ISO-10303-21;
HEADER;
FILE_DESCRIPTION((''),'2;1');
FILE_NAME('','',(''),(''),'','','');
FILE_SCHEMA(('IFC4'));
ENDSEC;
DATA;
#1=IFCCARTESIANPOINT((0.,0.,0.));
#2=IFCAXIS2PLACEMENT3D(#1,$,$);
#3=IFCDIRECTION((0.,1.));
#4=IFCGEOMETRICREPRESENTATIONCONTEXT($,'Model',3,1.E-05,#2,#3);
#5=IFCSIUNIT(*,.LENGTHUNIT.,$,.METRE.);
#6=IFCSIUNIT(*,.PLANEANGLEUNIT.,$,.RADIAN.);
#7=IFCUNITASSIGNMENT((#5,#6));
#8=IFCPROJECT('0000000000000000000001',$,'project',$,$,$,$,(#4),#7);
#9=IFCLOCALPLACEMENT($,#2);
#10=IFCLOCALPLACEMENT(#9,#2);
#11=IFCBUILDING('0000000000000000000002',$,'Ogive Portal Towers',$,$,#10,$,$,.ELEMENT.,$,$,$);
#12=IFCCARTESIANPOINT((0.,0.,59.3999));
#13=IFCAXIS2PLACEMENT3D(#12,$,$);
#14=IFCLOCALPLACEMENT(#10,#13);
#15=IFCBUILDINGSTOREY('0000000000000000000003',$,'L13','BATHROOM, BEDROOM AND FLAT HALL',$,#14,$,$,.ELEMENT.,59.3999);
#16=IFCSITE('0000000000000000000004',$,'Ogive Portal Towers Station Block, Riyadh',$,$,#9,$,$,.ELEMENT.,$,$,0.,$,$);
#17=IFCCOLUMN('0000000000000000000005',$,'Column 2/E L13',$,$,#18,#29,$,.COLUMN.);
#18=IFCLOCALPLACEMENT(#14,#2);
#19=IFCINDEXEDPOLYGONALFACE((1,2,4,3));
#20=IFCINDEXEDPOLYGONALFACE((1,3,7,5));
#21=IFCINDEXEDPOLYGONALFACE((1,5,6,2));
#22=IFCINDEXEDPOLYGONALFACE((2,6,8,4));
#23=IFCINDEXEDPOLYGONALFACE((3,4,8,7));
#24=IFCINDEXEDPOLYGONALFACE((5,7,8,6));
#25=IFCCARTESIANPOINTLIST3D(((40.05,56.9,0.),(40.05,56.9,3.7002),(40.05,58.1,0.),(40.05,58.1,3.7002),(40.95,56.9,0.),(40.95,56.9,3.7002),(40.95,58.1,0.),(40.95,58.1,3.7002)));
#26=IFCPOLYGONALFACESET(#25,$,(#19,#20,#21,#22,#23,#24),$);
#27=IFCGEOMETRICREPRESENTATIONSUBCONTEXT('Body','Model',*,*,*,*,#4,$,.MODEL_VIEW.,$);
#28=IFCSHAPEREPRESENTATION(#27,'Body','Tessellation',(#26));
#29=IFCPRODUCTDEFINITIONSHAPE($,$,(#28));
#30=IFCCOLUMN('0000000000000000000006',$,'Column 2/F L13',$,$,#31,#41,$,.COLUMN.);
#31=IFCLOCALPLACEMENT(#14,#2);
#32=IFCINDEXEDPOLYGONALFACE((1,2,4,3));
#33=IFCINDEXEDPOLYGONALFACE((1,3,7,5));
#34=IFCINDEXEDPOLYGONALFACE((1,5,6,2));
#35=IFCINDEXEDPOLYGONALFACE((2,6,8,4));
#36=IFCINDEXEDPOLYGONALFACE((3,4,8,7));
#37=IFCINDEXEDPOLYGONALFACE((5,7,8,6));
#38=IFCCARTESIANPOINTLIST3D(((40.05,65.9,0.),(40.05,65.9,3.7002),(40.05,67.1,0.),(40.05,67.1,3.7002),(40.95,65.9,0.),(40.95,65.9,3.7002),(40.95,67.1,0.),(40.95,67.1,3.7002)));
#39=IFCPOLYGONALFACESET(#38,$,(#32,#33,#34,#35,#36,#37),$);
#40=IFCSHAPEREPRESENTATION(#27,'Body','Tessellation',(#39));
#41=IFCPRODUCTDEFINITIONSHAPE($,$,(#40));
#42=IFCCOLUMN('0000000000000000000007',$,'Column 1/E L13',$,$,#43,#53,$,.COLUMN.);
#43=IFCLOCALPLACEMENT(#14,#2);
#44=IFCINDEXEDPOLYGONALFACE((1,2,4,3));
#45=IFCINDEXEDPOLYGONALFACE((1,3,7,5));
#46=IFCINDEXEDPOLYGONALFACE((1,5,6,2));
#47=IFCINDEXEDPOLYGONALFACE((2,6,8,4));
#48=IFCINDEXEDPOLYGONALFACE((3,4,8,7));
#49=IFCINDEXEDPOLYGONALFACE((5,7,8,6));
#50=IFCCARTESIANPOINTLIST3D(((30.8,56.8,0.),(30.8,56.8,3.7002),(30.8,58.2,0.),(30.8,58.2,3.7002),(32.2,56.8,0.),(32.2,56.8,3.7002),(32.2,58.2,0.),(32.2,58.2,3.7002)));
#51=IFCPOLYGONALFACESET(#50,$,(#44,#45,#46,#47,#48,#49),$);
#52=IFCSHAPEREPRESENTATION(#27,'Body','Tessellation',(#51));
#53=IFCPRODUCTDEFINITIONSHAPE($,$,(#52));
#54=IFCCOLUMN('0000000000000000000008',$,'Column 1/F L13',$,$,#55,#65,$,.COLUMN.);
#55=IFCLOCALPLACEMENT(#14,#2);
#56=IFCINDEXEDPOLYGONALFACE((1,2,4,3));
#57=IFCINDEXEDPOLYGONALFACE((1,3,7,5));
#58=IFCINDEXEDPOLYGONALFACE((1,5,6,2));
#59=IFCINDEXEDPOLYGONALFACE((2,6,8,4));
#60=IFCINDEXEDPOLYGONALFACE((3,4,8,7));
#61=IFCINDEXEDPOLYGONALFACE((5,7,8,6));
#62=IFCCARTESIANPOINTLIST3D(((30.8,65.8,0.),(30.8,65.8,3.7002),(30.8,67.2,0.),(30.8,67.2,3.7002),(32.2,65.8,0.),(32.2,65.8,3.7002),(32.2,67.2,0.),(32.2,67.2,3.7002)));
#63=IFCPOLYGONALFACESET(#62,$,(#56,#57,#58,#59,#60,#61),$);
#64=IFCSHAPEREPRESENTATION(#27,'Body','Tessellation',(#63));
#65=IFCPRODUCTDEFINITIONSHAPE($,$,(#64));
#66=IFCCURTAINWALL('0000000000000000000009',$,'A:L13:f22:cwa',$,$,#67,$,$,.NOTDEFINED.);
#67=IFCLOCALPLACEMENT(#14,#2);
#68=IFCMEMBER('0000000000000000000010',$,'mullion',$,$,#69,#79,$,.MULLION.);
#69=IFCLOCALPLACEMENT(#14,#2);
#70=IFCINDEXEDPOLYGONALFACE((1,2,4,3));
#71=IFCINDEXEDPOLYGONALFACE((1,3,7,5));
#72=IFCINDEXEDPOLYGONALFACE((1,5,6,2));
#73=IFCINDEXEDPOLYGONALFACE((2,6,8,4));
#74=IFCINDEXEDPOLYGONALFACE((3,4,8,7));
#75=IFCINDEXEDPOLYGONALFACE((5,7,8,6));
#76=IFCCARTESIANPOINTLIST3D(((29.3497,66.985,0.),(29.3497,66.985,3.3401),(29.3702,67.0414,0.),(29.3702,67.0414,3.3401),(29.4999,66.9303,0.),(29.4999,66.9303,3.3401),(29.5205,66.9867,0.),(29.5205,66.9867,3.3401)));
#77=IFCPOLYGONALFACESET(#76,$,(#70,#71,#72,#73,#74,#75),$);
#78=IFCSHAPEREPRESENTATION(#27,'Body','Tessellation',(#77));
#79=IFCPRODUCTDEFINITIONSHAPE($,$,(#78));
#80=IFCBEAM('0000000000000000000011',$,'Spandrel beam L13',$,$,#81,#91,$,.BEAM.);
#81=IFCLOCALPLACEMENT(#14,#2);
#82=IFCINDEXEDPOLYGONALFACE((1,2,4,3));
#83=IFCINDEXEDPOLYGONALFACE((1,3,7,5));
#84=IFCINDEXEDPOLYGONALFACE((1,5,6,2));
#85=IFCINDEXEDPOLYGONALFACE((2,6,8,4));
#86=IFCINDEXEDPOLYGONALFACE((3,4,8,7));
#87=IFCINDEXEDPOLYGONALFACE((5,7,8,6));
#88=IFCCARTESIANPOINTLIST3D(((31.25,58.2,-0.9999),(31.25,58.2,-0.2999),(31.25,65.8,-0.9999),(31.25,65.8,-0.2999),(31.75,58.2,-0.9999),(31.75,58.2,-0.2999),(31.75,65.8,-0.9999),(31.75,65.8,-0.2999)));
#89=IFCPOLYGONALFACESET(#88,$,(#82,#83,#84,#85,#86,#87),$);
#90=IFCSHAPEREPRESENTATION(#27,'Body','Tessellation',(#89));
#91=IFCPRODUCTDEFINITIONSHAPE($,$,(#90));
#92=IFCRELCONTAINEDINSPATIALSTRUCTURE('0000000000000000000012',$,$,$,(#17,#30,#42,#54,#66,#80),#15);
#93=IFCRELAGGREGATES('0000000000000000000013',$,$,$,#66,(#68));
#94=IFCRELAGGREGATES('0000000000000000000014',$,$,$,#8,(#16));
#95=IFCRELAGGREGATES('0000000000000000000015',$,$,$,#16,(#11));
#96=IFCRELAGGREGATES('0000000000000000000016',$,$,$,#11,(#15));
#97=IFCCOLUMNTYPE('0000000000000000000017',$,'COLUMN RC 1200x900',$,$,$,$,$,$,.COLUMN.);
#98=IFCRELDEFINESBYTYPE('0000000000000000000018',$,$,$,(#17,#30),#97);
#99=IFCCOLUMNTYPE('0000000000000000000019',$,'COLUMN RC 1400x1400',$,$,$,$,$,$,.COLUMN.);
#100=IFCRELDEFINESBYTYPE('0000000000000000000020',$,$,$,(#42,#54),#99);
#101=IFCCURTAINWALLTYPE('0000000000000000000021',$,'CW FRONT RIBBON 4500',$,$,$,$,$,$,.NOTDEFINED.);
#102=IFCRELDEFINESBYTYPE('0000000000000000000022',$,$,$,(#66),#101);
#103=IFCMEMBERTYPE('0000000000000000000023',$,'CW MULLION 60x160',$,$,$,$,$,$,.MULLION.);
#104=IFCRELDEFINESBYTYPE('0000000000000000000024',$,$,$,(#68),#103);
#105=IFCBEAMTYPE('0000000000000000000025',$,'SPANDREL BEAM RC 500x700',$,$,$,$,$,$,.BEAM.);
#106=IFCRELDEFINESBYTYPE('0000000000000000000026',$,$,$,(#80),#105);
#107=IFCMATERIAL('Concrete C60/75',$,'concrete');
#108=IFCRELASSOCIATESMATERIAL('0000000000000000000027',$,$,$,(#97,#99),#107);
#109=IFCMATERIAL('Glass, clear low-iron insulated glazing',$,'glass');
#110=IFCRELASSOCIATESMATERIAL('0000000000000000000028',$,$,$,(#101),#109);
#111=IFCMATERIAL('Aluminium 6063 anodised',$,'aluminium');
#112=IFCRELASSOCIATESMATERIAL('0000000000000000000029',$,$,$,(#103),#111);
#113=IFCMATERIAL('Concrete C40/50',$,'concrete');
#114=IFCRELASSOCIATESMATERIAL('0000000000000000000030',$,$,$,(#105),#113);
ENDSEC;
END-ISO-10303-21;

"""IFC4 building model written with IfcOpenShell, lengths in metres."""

from ifc_helpers import new_model, si_unit, direction, frame, origin, origin_2d, place, context, subcontext, project, spatial, rectangle, extrude, material, material_profile, profile_set, type_object, element, aggregate, save


model = new_model("IFC4")

# Units and contexts
model_context = context("Model", 3, precision=1e-05, world=origin(), true_north=direction((0.0, 1.0)))
body_context = subcontext(model_context, "Body", "Model", "MODEL_VIEW")
ifc_project = project(units=[si_unit("LENGTHUNIT", "METRE"), si_unit("PLANEANGLEUNIT", "RADIAN")], contexts=[model_context])

# Site, building, storey
site_placement = place(None, origin())
site = spatial("IfcSite", under=ifc_project, at=site_placement, Name="Ogive Portal Towers Station Block, Riyadh", CompositionType="ELEMENT", RefElevation=0.0)
building_placement = place(site_placement, origin())
building = spatial("IfcBuilding", under=site, at=building_placement, Name="Ogive Portal Towers", CompositionType="ELEMENT")
storey_placement = place(building_placement, frame((0.0, 0.0, 59.3999)))
storey = spatial("IfcBuildingStorey", under=building, at=storey_placement, Name="L13", Description="BATHROOM, BEDROOM AND FLAT HALL", CompositionType="ELEMENT", Elevation=59.3999)

# Columns
ifc_material_1 = material(Name="Concrete C60/75", Category="concrete")
ifc_material_profile_1 = material_profile(ifc_material_1, rectangle(XDim=1.2, YDim=0.8999, at=origin_2d()), Name="RC 1200x900")
ifc_profile_set_1 = profile_set([ifc_material_profile_1], Name="Concrete C60/75")
column_type_1 = type_object("IfcColumnType", Name="COLUMN RC 1200x900", PredefinedType="COLUMN", material=ifc_profile_set_1)
for number, where, z_axis, x_axis, name in (
    (1, (40.5, 57.5, 0.0), (0.0, 0.0, 1.0), (0.0, 1.0, 0.0), "Column 2/E L13"),
    (2, (40.5, 66.5, 0.0), (0.0, 0.0, 1.0), (0.0, 1.0, 0.0), "Column 2/F L13"),
):
    element("IfcColumn", number, at=place(storey_placement, frame(where, z_axis=z_axis, x_axis=x_axis)), inside=storey, type_object=column_type_1, Name=name, PredefinedType="COLUMN", context=body_context, shape_type="SweptSolid", body=[
        extrude(rectangle(XDim=1.2, YDim=0.8999, at=origin_2d()), origin(), (0.0, 0.0, 1.0), 3.7002),
    ])
ifc_material_profile_2 = material_profile(ifc_material_1, rectangle(XDim=1.3999, YDim=1.3999, at=origin_2d()), Name="RC 1400x1400")
ifc_profile_set_2 = profile_set([ifc_material_profile_2], Name="Concrete C60/75")
column_type_2 = type_object("IfcColumnType", Name="COLUMN RC 1400x1400", PredefinedType="COLUMN", material=ifc_profile_set_2)
for number, where, z_axis, x_axis, name in (
    (3, (31.5, 57.5, 0.0), (0.0, 0.0, 1.0), (1.0, 0.0, 0.0), "Column 1/E L13"),
    (4, (31.5, 66.5, 0.0), (0.0, 0.0, 1.0), (1.0, 0.0, 0.0), "Column 1/F L13"),
):
    element("IfcColumn", number, at=place(storey_placement, frame(where, z_axis=z_axis, x_axis=x_axis)), inside=storey, type_object=column_type_2, Name=name, PredefinedType="COLUMN", context=body_context, shape_type="SweptSolid", body=[
        extrude(rectangle(XDim=1.3999, YDim=1.3999, at=origin_2d()), origin(), (0.0, 0.0, 1.0), 3.7002),
    ])

# Curtain wall, member
ifc_material_2 = material(Name="Glass, clear low-iron insulated glazing", Category="glass")
curtain_wall_type = type_object("IfcCurtainWallType", Name="CW FRONT RIBBON 4500", PredefinedType="NOTDEFINED", material=ifc_material_2)
curtain_wall_placement = place(storey_placement, origin())
curtain_wall = element("IfcCurtainWall", 5, at=curtain_wall_placement, inside=storey, type_object=curtain_wall_type, Name="A:L13:f22:cwa", PredefinedType="NOTDEFINED")
ifc_material_3 = material(Name="Aluminium 6063 anodised", Category="aluminium")
ifc_material_profile_3 = material_profile(ifc_material_3, rectangle(XDim=0.1599, YDim=0.0601, at=origin_2d()), Name="AL 60x160")
ifc_profile_set_3 = profile_set([ifc_material_profile_3], Name="Aluminium 6063 anodised")
member_type = type_object("IfcMemberType", Name="CW MULLION 60x160", PredefinedType="MULLION", material=ifc_profile_set_3)
member_placement = place(storey_placement, frame((29.4351, 66.9858, 0.0), z_axis=(0.0, 0.0, 1.0), x_axis=(0.939693, -0.34202, 0.0)))
member = element("IfcMember", 6, at=member_placement, type_object=member_type, Name="mullion", PredefinedType="MULLION", context=body_context, shape_type="SweptSolid", body=[
    extrude(rectangle(XDim=0.1599, YDim=0.0601, at=origin_2d()), origin(), (0.0, 0.0, 1.0), 3.3401),
])
aggregate(curtain_wall, [member])

# Beam
ifc_material_4 = material(Name="Concrete C40/50", Category="concrete")
ifc_material_profile_4 = material_profile(ifc_material_4, rectangle(XDim=0.5, YDim=0.7, at=origin_2d()), Name="RC 500x700")
ifc_profile_set_4 = profile_set([ifc_material_profile_4], Name="Concrete C40/50")
beam_type = type_object("IfcBeamType", Name="SPANDREL BEAM RC 500x700", PredefinedType="BEAM", material=ifc_profile_set_4)
beam_placement = place(storey_placement, frame((31.5, 58.2, -0.6499), z_axis=(0.0, 1.0, 0.0), x_axis=(-1.0, 0.0, 0.0)))
element("IfcBeam", 7, at=beam_placement, inside=storey, type_object=beam_type, Name="Spandrel beam L13", PredefinedType="BEAM", context=body_context, shape_type="SweptSolid", body=[
    extrude(rectangle(XDim=0.5, YDim=0.7, at=origin_2d()), origin(), (0.0, 0.0, 1.0), 7.6001),
])

save(model, "model.ifc")
